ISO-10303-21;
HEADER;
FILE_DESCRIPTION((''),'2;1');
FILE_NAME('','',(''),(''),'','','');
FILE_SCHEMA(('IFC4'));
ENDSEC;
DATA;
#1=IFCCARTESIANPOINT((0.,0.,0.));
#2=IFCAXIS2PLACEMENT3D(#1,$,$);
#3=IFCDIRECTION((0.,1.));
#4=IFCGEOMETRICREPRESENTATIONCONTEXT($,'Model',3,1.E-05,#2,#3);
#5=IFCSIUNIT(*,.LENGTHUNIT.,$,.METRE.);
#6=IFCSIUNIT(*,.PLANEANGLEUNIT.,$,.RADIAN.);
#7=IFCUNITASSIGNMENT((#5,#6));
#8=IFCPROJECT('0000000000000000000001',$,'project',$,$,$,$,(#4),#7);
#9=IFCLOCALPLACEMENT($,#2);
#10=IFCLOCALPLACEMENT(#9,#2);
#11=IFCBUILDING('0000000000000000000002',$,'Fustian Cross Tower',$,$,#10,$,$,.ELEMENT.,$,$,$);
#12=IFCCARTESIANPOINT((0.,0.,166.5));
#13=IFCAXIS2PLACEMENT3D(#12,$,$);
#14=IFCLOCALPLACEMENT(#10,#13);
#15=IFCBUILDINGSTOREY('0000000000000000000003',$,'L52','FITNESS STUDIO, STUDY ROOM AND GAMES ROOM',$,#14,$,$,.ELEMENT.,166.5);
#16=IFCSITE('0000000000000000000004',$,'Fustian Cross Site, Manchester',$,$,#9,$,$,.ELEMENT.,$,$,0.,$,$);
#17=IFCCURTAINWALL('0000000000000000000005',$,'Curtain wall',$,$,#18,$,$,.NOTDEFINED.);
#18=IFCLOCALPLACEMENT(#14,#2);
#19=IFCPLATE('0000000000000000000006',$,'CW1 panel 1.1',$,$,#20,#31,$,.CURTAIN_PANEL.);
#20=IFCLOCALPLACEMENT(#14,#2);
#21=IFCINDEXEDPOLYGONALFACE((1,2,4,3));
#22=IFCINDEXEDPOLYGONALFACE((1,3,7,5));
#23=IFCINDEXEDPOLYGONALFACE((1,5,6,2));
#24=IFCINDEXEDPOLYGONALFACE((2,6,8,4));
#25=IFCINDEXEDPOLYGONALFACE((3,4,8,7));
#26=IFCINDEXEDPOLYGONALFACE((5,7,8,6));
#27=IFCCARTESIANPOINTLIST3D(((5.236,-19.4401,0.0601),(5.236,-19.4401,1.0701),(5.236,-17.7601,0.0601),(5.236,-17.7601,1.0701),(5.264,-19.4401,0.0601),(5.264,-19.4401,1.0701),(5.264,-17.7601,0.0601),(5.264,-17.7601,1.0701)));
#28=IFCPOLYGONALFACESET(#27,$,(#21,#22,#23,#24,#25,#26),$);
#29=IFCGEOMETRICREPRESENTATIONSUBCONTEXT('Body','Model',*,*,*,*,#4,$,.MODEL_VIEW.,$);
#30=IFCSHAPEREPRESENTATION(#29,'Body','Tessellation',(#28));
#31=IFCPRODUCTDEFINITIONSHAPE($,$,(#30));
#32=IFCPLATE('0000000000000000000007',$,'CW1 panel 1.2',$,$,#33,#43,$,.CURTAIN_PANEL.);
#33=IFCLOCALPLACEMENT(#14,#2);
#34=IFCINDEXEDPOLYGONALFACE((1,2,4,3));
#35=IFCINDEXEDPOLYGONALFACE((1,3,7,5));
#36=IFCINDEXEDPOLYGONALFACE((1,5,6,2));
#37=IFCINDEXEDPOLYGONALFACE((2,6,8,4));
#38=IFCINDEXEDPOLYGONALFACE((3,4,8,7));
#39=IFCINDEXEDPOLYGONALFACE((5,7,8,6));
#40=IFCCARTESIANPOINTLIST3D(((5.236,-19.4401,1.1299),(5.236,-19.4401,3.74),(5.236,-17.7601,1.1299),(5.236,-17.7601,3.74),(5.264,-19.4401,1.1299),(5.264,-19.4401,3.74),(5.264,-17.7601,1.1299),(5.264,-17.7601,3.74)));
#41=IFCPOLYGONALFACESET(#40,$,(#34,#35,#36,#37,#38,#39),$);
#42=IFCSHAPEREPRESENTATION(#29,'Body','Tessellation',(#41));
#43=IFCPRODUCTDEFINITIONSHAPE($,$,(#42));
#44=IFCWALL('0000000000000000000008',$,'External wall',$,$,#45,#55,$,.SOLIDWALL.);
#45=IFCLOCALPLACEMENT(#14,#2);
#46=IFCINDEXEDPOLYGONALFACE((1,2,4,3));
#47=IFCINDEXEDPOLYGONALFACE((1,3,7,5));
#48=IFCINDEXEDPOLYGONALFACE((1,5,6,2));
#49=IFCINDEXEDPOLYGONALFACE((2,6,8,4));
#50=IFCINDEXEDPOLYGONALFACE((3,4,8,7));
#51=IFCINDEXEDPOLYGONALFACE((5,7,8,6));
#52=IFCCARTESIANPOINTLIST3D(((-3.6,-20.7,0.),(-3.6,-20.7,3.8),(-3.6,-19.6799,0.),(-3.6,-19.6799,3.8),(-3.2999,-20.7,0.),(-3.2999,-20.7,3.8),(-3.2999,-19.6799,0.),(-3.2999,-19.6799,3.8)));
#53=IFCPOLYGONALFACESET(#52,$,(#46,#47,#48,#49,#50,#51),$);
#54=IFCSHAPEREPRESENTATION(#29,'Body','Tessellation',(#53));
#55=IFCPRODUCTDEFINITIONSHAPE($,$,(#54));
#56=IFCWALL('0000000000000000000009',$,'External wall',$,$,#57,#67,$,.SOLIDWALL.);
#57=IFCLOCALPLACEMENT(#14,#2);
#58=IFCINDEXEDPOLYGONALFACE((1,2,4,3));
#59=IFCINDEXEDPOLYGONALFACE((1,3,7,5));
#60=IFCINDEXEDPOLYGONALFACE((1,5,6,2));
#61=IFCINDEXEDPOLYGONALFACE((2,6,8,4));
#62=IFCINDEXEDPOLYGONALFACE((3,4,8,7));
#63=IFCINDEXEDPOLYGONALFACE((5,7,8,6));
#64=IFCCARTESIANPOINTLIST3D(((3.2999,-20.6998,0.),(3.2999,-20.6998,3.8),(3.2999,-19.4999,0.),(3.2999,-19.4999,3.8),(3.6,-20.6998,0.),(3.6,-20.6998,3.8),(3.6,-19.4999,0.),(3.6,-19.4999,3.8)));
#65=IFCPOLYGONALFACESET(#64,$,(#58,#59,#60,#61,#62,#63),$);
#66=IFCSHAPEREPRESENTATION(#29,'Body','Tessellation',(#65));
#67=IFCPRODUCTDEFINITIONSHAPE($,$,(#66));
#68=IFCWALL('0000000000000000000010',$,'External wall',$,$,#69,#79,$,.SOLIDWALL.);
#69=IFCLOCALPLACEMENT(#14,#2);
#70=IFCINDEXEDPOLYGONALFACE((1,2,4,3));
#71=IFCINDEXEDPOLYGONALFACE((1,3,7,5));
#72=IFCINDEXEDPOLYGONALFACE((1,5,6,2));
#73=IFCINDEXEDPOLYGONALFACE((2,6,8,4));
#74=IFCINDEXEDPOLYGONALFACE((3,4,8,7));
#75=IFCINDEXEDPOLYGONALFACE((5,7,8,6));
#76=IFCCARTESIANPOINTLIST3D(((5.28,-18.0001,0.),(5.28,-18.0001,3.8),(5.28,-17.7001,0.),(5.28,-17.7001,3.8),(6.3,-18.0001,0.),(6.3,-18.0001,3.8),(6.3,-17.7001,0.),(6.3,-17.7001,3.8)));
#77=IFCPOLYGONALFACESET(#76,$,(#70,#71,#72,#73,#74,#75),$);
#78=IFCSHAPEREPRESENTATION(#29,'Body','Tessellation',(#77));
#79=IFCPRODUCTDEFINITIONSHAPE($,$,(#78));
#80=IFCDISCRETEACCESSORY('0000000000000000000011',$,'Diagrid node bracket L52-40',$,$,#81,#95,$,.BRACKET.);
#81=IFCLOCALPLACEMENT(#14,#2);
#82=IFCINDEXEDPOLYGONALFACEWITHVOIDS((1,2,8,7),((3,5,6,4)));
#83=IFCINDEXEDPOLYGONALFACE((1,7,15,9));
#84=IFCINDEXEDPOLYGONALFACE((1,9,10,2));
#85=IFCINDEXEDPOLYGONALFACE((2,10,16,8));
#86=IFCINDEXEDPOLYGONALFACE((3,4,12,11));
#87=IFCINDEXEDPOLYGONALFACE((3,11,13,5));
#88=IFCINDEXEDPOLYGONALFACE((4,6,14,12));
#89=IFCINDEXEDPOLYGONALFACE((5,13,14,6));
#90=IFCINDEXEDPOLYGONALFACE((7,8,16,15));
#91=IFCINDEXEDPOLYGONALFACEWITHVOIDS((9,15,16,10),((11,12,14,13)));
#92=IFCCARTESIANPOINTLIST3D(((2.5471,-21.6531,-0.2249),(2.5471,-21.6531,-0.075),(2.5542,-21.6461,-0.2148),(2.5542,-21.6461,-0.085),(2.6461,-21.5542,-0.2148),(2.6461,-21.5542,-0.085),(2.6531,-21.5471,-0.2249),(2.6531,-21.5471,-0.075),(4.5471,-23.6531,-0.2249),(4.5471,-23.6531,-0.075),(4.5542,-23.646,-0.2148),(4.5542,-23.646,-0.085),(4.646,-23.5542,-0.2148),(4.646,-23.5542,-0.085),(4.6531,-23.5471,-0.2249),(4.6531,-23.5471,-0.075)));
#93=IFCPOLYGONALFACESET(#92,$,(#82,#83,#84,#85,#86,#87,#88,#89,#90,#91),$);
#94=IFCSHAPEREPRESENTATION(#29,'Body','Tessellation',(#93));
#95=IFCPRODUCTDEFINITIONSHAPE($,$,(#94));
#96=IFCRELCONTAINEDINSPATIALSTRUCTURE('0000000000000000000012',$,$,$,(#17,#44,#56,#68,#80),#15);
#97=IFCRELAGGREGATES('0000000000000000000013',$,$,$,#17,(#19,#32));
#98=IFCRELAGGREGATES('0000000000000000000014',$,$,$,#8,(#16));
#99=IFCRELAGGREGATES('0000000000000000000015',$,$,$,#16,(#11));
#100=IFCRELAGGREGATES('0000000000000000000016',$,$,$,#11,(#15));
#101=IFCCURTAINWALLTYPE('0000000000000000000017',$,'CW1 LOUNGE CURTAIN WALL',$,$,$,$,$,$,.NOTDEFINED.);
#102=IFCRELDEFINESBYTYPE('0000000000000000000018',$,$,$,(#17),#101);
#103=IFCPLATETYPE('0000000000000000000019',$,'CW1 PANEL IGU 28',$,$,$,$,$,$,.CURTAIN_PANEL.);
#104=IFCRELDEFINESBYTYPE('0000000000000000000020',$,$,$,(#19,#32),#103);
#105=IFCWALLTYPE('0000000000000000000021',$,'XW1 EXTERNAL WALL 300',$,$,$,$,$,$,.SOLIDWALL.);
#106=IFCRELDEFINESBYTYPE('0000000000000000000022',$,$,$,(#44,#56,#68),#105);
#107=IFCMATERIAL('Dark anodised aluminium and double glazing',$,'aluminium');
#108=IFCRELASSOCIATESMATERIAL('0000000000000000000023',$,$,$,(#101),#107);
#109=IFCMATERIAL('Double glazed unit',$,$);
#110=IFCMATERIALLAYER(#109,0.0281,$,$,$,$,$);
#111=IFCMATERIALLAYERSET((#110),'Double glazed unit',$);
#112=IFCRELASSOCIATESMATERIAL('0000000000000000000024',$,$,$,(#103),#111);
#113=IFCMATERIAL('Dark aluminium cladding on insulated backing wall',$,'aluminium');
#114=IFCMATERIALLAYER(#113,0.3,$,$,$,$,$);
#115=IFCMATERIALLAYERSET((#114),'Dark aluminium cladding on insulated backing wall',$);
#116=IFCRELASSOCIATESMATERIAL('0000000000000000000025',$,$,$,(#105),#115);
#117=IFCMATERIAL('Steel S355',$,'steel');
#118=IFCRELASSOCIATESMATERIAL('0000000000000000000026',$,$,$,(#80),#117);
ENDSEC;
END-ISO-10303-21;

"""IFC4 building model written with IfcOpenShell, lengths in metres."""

from ifc_helpers import new_model, si_unit, direction, frame, frame_2d, origin, origin_2d, place, context, subcontext, project, spatial, rectangle, hollow_rectangle, extrude, material, layer, layer_set, type_object, element, aggregate, save


model = new_model("IFC4")

# Units and contexts
model_context = context("Model", 3, precision=1e-05, world=origin(), true_north=direction((0.0, 1.0)))
body_context = subcontext(model_context, "Body", "Model", "MODEL_VIEW")
ifc_project = project(units=[si_unit("LENGTHUNIT", "METRE"), si_unit("PLANEANGLEUNIT", "RADIAN")], contexts=[model_context])

# Site, building, storey
site_placement = place(None, origin())
site = spatial("IfcSite", under=ifc_project, at=site_placement, Name="Fustian Cross Site, Manchester", CompositionType="ELEMENT", RefElevation=0.0)
building_placement = place(site_placement, origin())
building = spatial("IfcBuilding", under=site, at=building_placement, Name="Fustian Cross Tower", CompositionType="ELEMENT")
storey_placement = place(building_placement, frame((0.0, 0.0, 166.5)))
storey = spatial("IfcBuildingStorey", under=building, at=storey_placement, Name="L52", Description="FITNESS STUDIO, STUDY ROOM AND GAMES ROOM", CompositionType="ELEMENT", Elevation=166.5)

# Shared definitions
ifc_material_1 = material(Name="Dark anodised aluminium and double glazing", Category="aluminium")
curtain_wall_type = type_object("IfcCurtainWallType", Name="CW1 LOUNGE CURTAIN WALL", PredefinedType="NOTDEFINED", material=ifc_material_1)

# Curtain wall
curtain_wall_1_placement = place(storey_placement, origin())
curtain_wall_1 = element("IfcCurtainWall", 1, at=curtain_wall_1_placement, inside=storey, type_object=curtain_wall_type, Name="Curtain wall", PredefinedType="NOTDEFINED")

# Plates
ifc_material_2 = material(Name="Double glazed unit")
ifc_layer_1 = layer(ifc_material_2, 0.0281)
ifc_layer_set_1 = layer_set([ifc_layer_1], Name="Double glazed unit")
plate_type = type_object("IfcPlateType", Name="CW1 PANEL IGU 28", PredefinedType="CURTAIN_PANEL", material=ifc_layer_set_1)
plate_1_placement = place(storey_placement, frame((5.25, -18.6001, 0.0601), z_axis=(0.0, 0.0, 1.0), x_axis=(0.0, 1.0, 0.0)))
plate_1 = element("IfcPlate", 2, at=plate_1_placement, type_object=plate_type, Name="CW1 panel 1.1", PredefinedType="CURTAIN_PANEL", context=body_context, shape_type="SweptSolid", body=[
    extrude(rectangle(XDim=1.6799, YDim=0.0281, at=origin_2d()), origin(), (0.0, 0.0, 1.0), 1.01),
])
plate_2_placement = place(storey_placement, frame((5.25, -18.6001, 1.1299), z_axis=(0.0, 0.0, 1.0), x_axis=(0.0, 1.0, 0.0)))
plate_2 = element("IfcPlate", 3, at=plate_2_placement, type_object=plate_type, Name="CW1 panel 1.2", PredefinedType="CURTAIN_PANEL", context=body_context, shape_type="SweptSolid", body=[
    extrude(rectangle(XDim=1.6799, YDim=0.0281, at=origin_2d()), origin(), (0.0, 0.0, 1.0), 2.6101),
])
aggregate(curtain_wall_1, [plate_1, plate_2])

# Walls
ifc_material_3 = material(Name="Dark aluminium cladding on insulated backing wall", Category="aluminium")
ifc_layer_2 = layer(ifc_material_3, 0.3)
ifc_layer_set_2 = layer_set([ifc_layer_2], Name="Dark aluminium cladding on insulated backing wall")
wall_type = type_object("IfcWallType", Name="XW1 EXTERNAL WALL 300", PredefinedType="SOLIDWALL", material=ifc_layer_set_2)
wall_1_placement = place(storey_placement, frame((-3.45, -19.6799, 0.0), z_axis=(0.0, 0.0, 1.0), x_axis=(0.0, -1.0, 0.0)))
element("IfcWall", 4, at=wall_1_placement, inside=storey, type_object=wall_type, Name="External wall", PredefinedType="SOLIDWALL", context=body_context, shape_type="SweptSolid", body=[
    extrude(rectangle(XDim=1.02, YDim=0.3, at=frame_2d((0.51, 0.0))), origin(), (0.0, 0.0, 1.0), 3.8),
])
wall_2_placement = place(storey_placement, frame((3.45, -20.7, 0.0), z_axis=(0.0, 0.0, 1.0), x_axis=(0.0, 1.0, 0.0)))
element("IfcWall", 5, at=wall_2_placement, inside=storey, type_object=wall_type, Name="External wall", PredefinedType="SOLIDWALL", context=body_context, shape_type="SweptSolid", body=[
    extrude(rectangle(XDim=1.2, YDim=0.3, at=frame_2d((0.6001, 0.0))), origin(), (0.0, 0.0, 1.0), 3.8),
])
wall_3_placement = place(storey_placement, frame((5.28, -17.8501, 0.0), z_axis=(0.0, 0.0, 1.0), x_axis=(1.0, 0.0, 0.0)))
element("IfcWall", 6, at=wall_3_placement, inside=storey, type_object=wall_type, Name="External wall", PredefinedType="SOLIDWALL", context=body_context, shape_type="SweptSolid", body=[
    extrude(rectangle(XDim=1.02, YDim=0.3, at=frame_2d((0.51, 0.0))), origin(), (0.0, 0.0, 1.0), 3.8),
])

# Discrete accessory
ifc_material_4 = material(Name="Steel S355", Category="steel")
discrete_accessory_placement = place(storey_placement, frame((4.6001, -23.6001, -0.1499), z_axis=(-0.707107, 0.707107, 0.0), x_axis=(-0.707107, -0.707107, 0.0)))
element("IfcDiscreteAccessory", 7, at=discrete_accessory_placement, inside=storey, material=ifc_material_4, Name="Diagrid node bracket L52-40", PredefinedType="BRACKET", context=body_context, shape_type="SweptSolid", body=[
    extrude(hollow_rectangle(XDim=0.1499, YDim=0.1499, WallThickness=0.01, at=origin_2d()), origin(), (0.0, 0.0, 1.0), 2.8284),
])

save(model, "model.ifc")
